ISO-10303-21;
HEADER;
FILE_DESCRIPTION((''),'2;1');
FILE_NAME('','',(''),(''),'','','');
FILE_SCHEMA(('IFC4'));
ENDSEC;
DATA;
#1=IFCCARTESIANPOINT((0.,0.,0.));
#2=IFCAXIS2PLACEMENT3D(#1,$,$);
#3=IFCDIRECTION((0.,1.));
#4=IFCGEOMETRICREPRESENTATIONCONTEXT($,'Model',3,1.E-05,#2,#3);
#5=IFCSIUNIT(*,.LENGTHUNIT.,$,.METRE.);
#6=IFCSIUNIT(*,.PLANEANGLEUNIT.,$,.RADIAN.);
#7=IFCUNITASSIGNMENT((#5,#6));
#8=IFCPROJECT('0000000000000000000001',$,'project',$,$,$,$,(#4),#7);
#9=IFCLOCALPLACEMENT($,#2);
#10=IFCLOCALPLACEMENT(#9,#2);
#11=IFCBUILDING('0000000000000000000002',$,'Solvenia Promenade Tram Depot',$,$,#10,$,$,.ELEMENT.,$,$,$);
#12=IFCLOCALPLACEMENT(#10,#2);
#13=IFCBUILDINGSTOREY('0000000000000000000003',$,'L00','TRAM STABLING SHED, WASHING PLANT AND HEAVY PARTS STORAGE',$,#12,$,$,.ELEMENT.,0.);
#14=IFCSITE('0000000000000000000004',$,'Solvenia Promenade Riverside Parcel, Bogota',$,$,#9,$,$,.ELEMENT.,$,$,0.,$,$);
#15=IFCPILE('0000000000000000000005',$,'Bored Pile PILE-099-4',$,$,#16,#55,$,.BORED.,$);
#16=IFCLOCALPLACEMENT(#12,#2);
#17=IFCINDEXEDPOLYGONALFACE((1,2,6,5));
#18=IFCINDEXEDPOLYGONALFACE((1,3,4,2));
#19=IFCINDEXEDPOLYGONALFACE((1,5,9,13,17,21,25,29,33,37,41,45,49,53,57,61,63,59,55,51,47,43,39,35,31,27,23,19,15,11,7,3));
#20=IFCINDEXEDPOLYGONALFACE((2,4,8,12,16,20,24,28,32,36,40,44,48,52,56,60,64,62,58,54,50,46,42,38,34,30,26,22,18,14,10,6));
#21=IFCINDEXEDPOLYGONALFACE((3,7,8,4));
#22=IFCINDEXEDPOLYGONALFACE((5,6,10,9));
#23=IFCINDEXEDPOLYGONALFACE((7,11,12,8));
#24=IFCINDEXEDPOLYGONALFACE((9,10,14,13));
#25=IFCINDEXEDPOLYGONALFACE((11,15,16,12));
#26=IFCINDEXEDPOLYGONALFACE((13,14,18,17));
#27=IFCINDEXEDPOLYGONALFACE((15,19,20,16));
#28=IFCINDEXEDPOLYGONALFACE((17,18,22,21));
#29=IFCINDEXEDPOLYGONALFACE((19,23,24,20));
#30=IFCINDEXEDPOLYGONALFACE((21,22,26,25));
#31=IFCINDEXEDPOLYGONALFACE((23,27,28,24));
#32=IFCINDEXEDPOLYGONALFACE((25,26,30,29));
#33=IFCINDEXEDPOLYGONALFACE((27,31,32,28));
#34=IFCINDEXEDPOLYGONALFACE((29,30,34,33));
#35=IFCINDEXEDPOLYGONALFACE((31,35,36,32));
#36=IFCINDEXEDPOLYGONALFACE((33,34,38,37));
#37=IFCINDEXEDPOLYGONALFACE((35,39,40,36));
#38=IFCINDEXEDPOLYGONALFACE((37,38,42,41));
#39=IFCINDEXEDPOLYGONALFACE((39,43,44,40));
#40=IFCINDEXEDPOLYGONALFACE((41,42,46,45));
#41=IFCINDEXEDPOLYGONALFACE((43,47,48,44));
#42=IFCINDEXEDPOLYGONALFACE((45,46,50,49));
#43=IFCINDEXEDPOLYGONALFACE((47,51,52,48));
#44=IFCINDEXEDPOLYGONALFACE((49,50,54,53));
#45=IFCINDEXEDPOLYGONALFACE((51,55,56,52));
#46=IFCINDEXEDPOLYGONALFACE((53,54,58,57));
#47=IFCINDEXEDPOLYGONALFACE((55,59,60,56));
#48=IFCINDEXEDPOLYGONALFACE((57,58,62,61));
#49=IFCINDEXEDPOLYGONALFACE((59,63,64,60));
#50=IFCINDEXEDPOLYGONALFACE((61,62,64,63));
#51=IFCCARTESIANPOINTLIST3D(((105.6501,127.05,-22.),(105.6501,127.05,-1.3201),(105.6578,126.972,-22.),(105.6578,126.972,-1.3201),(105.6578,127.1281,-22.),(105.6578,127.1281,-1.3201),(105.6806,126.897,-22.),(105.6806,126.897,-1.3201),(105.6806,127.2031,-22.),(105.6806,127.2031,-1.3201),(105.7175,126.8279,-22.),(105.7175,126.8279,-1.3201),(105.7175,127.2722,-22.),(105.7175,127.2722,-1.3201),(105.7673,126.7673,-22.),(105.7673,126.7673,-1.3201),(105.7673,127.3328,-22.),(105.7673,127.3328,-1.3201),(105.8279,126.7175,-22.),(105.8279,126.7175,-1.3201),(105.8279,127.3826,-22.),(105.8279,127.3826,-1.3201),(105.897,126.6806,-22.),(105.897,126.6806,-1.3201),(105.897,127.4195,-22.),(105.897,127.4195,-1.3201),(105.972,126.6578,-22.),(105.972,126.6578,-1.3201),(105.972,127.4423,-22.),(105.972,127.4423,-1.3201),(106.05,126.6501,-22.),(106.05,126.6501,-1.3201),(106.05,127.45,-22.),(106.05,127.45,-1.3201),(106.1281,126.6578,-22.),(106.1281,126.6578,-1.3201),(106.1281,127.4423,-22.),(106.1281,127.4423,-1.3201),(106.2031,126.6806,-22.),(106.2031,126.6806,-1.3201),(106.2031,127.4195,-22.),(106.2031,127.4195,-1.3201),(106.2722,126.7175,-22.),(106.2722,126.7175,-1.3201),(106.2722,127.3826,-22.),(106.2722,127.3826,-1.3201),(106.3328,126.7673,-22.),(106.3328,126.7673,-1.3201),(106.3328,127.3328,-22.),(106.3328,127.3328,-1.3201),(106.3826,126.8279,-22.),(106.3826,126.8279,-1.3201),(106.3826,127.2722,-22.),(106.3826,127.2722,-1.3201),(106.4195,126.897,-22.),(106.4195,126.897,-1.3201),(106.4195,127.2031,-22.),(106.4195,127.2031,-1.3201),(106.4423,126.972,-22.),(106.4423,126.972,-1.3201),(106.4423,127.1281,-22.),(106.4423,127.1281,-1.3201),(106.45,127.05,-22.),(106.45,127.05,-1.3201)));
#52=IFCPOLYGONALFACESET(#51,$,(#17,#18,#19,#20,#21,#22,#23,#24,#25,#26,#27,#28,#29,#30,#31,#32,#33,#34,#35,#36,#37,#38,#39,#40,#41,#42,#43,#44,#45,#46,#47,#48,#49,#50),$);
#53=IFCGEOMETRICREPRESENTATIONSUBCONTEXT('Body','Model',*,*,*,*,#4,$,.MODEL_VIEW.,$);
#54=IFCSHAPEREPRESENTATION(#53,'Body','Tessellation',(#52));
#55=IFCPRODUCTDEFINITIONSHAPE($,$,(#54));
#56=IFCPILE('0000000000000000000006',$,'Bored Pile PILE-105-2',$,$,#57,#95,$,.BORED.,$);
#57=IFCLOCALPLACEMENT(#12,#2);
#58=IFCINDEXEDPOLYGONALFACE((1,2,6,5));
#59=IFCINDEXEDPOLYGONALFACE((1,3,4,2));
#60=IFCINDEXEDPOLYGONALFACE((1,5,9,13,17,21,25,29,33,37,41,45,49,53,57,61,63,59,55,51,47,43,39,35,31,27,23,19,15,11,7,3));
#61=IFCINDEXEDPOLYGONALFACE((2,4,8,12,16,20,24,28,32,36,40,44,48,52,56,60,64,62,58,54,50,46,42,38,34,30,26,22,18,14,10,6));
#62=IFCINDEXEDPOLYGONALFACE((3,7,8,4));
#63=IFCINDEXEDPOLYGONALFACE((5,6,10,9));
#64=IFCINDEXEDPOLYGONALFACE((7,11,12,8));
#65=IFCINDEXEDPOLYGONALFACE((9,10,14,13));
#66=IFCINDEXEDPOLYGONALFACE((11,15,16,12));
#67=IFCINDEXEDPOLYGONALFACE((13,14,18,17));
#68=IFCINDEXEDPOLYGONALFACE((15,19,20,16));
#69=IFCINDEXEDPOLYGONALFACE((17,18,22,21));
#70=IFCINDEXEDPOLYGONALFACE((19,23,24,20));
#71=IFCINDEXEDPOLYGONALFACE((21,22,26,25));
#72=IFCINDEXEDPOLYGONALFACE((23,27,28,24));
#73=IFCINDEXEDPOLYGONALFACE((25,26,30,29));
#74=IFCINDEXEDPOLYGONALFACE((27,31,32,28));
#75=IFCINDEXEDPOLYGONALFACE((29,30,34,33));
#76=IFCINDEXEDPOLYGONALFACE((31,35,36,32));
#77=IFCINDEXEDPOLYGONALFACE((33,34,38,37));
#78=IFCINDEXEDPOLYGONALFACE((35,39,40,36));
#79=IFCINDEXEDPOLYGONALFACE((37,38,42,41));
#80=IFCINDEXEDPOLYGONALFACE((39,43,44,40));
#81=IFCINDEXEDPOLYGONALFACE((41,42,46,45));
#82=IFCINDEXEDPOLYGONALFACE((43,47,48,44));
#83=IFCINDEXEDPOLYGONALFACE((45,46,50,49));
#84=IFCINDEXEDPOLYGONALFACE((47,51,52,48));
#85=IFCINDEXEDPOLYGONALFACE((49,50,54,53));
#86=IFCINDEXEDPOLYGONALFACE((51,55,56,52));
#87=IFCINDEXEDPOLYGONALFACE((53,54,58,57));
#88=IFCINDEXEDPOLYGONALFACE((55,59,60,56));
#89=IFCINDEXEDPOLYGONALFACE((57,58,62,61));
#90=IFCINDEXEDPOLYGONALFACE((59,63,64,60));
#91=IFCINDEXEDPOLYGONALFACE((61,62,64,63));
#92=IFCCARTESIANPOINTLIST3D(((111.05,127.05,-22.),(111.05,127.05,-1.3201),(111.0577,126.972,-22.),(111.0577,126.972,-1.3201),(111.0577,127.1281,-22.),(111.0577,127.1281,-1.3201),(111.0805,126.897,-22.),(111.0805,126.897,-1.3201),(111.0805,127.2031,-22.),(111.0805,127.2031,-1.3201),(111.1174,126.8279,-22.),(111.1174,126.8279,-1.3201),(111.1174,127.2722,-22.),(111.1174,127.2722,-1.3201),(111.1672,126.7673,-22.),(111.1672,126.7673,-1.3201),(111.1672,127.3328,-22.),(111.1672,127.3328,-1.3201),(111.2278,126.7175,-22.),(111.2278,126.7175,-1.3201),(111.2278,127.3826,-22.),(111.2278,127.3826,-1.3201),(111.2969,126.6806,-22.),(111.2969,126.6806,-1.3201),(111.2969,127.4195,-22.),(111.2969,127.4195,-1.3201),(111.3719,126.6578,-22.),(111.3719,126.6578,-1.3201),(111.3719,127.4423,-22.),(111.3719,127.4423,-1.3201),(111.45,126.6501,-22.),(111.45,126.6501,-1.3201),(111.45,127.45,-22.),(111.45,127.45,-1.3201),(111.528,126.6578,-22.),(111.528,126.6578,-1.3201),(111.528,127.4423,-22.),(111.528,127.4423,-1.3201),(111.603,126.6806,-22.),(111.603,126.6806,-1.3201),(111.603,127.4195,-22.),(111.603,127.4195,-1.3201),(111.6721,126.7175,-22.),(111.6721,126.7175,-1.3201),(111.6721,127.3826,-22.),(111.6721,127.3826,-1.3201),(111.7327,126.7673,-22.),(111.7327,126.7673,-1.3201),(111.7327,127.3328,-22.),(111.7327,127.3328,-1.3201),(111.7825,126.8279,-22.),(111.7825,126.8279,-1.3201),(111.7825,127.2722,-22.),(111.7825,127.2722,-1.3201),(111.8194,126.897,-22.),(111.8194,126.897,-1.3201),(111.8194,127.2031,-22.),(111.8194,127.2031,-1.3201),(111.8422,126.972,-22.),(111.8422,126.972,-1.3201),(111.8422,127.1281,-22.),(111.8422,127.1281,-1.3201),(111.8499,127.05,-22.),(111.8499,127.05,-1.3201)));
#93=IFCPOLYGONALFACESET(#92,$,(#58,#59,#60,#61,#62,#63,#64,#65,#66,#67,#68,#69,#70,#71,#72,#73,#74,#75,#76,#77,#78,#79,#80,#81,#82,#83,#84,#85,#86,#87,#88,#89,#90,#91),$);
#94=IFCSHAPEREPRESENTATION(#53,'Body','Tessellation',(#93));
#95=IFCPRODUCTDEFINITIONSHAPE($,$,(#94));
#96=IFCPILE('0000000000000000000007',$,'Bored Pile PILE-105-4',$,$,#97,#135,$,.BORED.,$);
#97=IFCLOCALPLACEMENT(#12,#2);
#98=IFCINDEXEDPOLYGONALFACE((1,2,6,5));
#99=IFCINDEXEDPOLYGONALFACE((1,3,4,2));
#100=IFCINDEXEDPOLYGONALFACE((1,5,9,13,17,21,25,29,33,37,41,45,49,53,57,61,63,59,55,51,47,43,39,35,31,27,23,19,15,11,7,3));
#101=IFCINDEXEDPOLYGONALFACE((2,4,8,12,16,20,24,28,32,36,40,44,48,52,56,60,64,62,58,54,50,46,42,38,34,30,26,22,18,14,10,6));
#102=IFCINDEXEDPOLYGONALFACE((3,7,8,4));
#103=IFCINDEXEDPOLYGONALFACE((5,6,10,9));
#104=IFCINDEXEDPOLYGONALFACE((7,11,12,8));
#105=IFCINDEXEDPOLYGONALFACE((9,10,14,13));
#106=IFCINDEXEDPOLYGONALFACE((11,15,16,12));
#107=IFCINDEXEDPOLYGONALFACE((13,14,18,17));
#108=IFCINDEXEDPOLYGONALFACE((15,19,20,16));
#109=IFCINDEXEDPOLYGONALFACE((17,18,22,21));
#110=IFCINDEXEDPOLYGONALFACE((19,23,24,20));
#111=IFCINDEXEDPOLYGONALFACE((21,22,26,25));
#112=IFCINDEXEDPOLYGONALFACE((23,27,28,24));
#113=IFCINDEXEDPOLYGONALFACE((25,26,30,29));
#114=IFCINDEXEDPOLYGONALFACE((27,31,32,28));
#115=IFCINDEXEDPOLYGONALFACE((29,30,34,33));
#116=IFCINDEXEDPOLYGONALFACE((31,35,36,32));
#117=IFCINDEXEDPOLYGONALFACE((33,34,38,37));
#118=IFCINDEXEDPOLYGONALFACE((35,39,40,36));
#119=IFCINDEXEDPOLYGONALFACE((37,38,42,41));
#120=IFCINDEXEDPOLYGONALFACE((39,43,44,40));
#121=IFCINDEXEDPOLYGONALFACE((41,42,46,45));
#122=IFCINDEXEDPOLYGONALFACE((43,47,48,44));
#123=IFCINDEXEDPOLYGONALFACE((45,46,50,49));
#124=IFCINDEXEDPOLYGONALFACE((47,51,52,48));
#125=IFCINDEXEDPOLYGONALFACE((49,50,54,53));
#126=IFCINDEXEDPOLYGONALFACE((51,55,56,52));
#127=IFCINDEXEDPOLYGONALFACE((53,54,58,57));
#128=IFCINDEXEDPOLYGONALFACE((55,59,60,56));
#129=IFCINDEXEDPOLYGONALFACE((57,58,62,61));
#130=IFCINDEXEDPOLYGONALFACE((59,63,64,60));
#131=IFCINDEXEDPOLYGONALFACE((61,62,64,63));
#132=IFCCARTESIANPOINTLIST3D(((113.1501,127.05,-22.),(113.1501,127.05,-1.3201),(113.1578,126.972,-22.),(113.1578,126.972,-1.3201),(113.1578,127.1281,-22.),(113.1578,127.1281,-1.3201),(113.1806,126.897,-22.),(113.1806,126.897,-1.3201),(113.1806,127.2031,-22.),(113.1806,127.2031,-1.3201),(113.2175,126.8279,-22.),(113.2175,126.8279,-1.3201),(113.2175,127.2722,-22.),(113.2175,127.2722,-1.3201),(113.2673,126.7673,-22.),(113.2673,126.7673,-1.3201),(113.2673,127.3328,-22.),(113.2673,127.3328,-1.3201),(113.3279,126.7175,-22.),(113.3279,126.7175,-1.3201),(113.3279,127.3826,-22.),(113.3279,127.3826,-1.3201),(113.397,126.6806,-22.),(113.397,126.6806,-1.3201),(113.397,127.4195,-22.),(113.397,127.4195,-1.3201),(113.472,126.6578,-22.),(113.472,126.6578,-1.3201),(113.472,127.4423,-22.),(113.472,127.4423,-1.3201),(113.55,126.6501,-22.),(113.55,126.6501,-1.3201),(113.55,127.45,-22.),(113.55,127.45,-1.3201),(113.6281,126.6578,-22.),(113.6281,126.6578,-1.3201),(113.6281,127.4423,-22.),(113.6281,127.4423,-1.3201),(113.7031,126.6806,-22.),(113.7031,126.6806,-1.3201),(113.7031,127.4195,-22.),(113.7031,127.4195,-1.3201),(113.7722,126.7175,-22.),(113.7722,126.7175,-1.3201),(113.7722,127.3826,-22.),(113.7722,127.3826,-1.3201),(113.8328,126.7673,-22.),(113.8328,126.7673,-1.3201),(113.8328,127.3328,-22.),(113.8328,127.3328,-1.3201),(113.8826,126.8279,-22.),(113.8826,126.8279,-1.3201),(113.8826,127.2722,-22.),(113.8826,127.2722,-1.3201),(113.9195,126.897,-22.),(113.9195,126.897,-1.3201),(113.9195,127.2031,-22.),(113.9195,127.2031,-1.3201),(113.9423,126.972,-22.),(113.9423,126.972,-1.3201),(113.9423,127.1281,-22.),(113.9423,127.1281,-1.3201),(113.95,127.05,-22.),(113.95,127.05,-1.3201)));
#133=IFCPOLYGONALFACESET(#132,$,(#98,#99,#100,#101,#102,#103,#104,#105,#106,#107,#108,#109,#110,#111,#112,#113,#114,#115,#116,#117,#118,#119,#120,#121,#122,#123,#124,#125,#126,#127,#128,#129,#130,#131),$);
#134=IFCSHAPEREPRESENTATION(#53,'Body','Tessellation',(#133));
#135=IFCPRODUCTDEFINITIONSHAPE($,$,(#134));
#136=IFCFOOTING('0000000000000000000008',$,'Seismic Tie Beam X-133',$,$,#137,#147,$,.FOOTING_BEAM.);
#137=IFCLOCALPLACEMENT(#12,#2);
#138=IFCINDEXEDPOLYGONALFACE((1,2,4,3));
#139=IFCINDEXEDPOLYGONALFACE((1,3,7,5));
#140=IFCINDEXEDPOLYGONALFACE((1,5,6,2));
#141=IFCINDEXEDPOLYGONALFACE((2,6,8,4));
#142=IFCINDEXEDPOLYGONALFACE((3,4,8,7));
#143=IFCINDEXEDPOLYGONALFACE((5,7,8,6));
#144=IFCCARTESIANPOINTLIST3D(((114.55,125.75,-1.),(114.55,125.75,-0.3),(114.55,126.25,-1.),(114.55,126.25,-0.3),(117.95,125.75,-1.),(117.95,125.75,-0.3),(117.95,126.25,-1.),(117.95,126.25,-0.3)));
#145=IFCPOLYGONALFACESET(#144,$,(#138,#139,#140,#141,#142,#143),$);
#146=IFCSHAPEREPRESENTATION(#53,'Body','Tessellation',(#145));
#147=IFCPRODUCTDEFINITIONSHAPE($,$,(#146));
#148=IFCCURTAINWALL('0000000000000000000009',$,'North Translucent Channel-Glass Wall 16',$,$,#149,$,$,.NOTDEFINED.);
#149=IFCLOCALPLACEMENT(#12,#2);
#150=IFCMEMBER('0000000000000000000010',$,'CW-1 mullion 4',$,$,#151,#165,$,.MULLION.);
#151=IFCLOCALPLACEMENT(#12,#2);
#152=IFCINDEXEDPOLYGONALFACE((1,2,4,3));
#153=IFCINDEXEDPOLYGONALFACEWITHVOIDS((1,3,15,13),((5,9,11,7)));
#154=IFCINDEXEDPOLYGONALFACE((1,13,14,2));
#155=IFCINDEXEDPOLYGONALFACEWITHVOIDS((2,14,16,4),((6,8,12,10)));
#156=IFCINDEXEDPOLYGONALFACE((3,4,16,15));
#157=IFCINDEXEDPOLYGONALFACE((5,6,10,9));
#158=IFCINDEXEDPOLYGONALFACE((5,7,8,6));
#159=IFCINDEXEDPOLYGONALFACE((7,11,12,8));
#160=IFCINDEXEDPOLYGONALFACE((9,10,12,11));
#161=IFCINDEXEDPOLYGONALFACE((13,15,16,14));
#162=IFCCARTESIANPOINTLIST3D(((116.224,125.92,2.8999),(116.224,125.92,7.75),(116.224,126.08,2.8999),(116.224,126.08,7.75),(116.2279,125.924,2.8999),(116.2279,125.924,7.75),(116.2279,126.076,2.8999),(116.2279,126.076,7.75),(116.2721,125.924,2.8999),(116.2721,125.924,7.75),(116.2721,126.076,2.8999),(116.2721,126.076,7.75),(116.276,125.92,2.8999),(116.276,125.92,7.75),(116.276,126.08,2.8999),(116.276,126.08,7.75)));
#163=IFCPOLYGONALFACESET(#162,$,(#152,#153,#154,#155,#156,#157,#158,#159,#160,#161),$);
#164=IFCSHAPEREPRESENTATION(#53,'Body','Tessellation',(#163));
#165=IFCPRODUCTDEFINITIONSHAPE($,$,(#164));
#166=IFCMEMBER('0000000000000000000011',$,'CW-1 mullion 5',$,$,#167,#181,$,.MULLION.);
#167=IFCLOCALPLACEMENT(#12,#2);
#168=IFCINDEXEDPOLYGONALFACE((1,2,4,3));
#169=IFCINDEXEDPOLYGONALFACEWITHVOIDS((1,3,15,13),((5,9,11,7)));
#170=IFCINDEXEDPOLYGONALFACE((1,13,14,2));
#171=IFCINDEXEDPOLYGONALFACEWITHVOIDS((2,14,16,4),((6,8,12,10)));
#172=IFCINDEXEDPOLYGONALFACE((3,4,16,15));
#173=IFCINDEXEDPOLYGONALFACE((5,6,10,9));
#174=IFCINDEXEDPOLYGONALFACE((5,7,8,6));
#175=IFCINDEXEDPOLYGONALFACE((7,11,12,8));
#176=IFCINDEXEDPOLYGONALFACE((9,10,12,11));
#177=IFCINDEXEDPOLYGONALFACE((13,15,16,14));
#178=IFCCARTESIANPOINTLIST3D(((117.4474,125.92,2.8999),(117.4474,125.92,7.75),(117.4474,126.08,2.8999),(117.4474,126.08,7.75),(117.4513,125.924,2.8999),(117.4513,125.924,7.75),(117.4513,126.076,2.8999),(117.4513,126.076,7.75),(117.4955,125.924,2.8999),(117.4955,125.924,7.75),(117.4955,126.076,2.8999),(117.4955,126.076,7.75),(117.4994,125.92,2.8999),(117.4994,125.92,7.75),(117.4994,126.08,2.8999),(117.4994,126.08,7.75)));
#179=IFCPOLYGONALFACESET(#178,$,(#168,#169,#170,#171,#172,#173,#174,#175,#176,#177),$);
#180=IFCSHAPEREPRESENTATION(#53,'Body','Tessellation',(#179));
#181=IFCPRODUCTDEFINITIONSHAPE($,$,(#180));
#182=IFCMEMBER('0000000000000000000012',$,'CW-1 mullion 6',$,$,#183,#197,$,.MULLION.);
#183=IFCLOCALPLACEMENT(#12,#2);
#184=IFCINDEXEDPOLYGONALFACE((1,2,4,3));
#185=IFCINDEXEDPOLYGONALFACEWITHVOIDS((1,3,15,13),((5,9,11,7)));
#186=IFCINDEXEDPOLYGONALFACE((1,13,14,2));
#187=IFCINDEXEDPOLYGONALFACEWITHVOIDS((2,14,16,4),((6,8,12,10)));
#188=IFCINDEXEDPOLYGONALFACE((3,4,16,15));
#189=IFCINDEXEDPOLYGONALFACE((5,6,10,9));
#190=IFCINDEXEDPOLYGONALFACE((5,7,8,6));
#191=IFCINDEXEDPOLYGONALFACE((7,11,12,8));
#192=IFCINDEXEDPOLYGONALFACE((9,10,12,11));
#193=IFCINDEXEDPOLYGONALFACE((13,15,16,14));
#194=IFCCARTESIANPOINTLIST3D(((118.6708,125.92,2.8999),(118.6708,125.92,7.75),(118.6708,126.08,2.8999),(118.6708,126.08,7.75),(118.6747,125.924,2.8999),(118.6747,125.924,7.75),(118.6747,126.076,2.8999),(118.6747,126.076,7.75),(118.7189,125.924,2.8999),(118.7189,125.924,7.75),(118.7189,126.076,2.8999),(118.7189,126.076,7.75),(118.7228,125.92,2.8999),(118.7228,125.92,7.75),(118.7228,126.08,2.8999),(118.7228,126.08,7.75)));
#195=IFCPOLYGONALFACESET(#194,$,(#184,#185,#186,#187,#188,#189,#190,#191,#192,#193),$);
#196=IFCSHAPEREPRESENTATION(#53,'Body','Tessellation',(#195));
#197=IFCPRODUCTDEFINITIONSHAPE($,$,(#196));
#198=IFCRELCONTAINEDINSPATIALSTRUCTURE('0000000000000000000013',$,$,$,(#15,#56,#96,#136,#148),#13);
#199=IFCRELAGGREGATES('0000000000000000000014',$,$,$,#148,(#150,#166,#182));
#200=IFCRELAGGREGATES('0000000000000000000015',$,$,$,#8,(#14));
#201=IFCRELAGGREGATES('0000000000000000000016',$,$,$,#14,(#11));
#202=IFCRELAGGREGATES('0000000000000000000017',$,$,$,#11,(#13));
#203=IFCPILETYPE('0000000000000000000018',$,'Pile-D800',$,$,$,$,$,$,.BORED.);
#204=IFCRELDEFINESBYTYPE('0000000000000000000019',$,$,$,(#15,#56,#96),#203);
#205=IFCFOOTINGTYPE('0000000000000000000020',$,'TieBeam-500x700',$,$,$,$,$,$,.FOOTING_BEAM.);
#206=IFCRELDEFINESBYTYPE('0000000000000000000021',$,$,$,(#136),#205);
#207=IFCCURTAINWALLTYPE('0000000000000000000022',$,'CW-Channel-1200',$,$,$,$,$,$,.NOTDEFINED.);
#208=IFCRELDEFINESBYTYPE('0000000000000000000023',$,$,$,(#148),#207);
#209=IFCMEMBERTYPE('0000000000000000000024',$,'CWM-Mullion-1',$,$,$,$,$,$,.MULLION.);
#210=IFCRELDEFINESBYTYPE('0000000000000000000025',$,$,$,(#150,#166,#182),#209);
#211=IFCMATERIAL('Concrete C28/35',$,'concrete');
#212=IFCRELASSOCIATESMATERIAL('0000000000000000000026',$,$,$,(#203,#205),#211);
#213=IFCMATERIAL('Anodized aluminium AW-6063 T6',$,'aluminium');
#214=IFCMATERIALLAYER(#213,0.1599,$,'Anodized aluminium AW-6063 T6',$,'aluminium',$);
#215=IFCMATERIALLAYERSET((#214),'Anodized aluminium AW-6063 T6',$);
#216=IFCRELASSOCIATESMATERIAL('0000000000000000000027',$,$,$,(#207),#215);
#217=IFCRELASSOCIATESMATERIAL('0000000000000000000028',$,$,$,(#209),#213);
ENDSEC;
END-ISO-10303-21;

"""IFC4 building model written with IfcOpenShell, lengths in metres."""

from ifc_helpers import new_model, si_unit, direction, frame, origin, origin_2d, place, context, subcontext, project, spatial, rectangle, hollow_rectangle, circle, extrude, material, layer, layer_set, material_profile, profile_set, type_object, element, aggregate, save


model = new_model("IFC4")

# Units and contexts
model_context = context("Model", 3, precision=1e-05, world=origin(), true_north=direction((0.0, 1.0)))
body_context = subcontext(model_context, "Body", "Model", "MODEL_VIEW")
ifc_project = project(units=[si_unit("LENGTHUNIT", "METRE"), si_unit("PLANEANGLEUNIT", "RADIAN")], contexts=[model_context])

# Site, building, storey
site_placement = place(None, origin())
site = spatial("IfcSite", under=ifc_project, at=site_placement, Name="Solvenia Promenade Riverside Parcel, Bogota", CompositionType="ELEMENT", RefElevation=0.0)
building_placement = place(site_placement, origin())
building = spatial("IfcBuilding", under=site, at=building_placement, Name="Solvenia Promenade Tram Depot", CompositionType="ELEMENT")
storey_placement = place(building_placement, origin())
storey = spatial("IfcBuildingStorey", under=building, at=storey_placement, Name="L00", Description="TRAM STABLING SHED, WASHING PLANT AND HEAVY PARTS STORAGE", CompositionType="ELEMENT", Elevation=0.0)

# Piles
ifc_material_1 = material(Name="Concrete C28/35", Category="concrete")
ifc_material_profile_1 = material_profile(ifc_material_1, circle(Radius=0.3999, at=origin_2d()), Name="D800", Category="concrete")
ifc_profile_set_1 = profile_set([ifc_material_profile_1], Name="Concrete C28/35")
pile_type = type_object("IfcPileType", Name="Pile-D800", PredefinedType="BORED", material=ifc_profile_set_1)
for number, where, z_axis, x_axis, name in (
    (1, (106.05, 127.05, -1.3201), (0.0, 0.0, -1.0), (1.0, 0.0, 0.0), "Bored Pile PILE-099-4"),
    (2, (111.45, 127.05, -1.3201), (0.0, 0.0, -1.0), (1.0, 0.0, 0.0), "Bored Pile PILE-105-2"),
    (3, (113.55, 127.05, -1.3201), (0.0, 0.0, -1.0), (1.0, 0.0, 0.0), "Bored Pile PILE-105-4"),
):
    element("IfcPile", number, at=place(storey_placement, frame(where, z_axis=z_axis, x_axis=x_axis)), inside=storey, type_object=pile_type, Name=name, PredefinedType="BORED", context=body_context, shape_type="SweptSolid", body=[
        extrude(circle(Radius=0.3999, at=origin_2d()), origin(), (0.0, 0.0, 1.0), 20.6799),
    ])

# Footing
footing_type = type_object("IfcFootingType", Name="TieBeam-500x700", PredefinedType="FOOTING_BEAM", material=ifc_material_1)
footing_placement = place(storey_placement, frame((116.25, 126.0, -1.0), z_axis=(0.0, 0.0, 1.0), x_axis=(1.0, 0.0, 0.0)))
element("IfcFooting", 4, at=footing_placement, inside=storey, type_object=footing_type, Name="Seismic Tie Beam X-133", PredefinedType="FOOTING_BEAM", context=body_context, shape_type="SweptSolid", body=[
    extrude(rectangle(XDim=3.3999, YDim=0.5, at=origin_2d()), origin(), (0.0, 0.0, 1.0), 0.7),
])

# Curtain wall, members
ifc_material_2 = material(Name="Anodized aluminium AW-6063 T6", Category="aluminium")
ifc_layer_1 = layer(ifc_material_2, 0.1599, Name="Anodized aluminium AW-6063 T6", Category="aluminium")
ifc_layer_set_1 = layer_set([ifc_layer_1], Name="Anodized aluminium AW-6063 T6")
curtain_wall_type = type_object("IfcCurtainWallType", Name="CW-Channel-1200", PredefinedType="NOTDEFINED", material=ifc_layer_set_1)
curtain_wall_placement = place(storey_placement, origin())
curtain_wall = element("IfcCurtainWall", 5, at=curtain_wall_placement, inside=storey, type_object=curtain_wall_type, Name="North Translucent Channel-Glass Wall 16", PredefinedType="NOTDEFINED")
ifc_material_profile_2 = material_profile(ifc_material_2, hollow_rectangle(XDim=0.1599, YDim=0.052, WallThickness=0.0039, at=origin_2d()), Name="ALU-M1", Category="aluminium")
ifc_profile_set_2 = profile_set([ifc_material_profile_2], Name="Anodized aluminium AW-6063 T6")
member_type_1 = type_object("IfcMemberType", Name="CWM-Mullion-1", PredefinedType="MULLION", material=ifc_profile_set_2)
member_1_placement = place(storey_placement, frame((116.25, 126.0, 2.8999), z_axis=(0.0, 0.0, 1.0), x_axis=(0.0, 1.0, 0.0)))
member_1 = element("IfcMember", 6, at=member_1_placement, type_object=member_type_1, Name="CW-1 mullion 4", PredefinedType="MULLION", context=body_context, shape_type="SweptSolid", body=[
    extrude(hollow_rectangle(XDim=0.1599, YDim=0.052, WallThickness=0.0039, at=origin_2d()), origin(), (0.0, 0.0, 1.0), 4.8501),
])
member_2_placement = place(storey_placement, frame((117.4734, 126.0, 2.8999), z_axis=(0.0, 0.0, 1.0), x_axis=(0.0, 1.0, 0.0)))
member_2 = element("IfcMember", 7, at=member_2_placement, type_object=member_type_1, Name="CW-1 mullion 5", PredefinedType="MULLION", context=body_context, shape_type="SweptSolid", body=[
    extrude(hollow_rectangle(XDim=0.1599, YDim=0.052, WallThickness=0.0039, at=origin_2d()), origin(), (0.0, 0.0, 1.0), 4.8501),
])
member_3_placement = place(storey_placement, frame((118.6968, 126.0, 2.8999), z_axis=(0.0, 0.0, 1.0), x_axis=(0.0, 1.0, 0.0)))
member_3 = element("IfcMember", 8, at=member_3_placement, type_object=member_type_1, Name="CW-1 mullion 6", PredefinedType="MULLION", context=body_context, shape_type="SweptSolid", body=[
    extrude(hollow_rectangle(XDim=0.1599, YDim=0.052, WallThickness=0.0039, at=origin_2d()), origin(), (0.0, 0.0, 1.0), 4.8501),
])
aggregate(curtain_wall, [member_1, member_2, member_3])

save(model, "model.ifc")
